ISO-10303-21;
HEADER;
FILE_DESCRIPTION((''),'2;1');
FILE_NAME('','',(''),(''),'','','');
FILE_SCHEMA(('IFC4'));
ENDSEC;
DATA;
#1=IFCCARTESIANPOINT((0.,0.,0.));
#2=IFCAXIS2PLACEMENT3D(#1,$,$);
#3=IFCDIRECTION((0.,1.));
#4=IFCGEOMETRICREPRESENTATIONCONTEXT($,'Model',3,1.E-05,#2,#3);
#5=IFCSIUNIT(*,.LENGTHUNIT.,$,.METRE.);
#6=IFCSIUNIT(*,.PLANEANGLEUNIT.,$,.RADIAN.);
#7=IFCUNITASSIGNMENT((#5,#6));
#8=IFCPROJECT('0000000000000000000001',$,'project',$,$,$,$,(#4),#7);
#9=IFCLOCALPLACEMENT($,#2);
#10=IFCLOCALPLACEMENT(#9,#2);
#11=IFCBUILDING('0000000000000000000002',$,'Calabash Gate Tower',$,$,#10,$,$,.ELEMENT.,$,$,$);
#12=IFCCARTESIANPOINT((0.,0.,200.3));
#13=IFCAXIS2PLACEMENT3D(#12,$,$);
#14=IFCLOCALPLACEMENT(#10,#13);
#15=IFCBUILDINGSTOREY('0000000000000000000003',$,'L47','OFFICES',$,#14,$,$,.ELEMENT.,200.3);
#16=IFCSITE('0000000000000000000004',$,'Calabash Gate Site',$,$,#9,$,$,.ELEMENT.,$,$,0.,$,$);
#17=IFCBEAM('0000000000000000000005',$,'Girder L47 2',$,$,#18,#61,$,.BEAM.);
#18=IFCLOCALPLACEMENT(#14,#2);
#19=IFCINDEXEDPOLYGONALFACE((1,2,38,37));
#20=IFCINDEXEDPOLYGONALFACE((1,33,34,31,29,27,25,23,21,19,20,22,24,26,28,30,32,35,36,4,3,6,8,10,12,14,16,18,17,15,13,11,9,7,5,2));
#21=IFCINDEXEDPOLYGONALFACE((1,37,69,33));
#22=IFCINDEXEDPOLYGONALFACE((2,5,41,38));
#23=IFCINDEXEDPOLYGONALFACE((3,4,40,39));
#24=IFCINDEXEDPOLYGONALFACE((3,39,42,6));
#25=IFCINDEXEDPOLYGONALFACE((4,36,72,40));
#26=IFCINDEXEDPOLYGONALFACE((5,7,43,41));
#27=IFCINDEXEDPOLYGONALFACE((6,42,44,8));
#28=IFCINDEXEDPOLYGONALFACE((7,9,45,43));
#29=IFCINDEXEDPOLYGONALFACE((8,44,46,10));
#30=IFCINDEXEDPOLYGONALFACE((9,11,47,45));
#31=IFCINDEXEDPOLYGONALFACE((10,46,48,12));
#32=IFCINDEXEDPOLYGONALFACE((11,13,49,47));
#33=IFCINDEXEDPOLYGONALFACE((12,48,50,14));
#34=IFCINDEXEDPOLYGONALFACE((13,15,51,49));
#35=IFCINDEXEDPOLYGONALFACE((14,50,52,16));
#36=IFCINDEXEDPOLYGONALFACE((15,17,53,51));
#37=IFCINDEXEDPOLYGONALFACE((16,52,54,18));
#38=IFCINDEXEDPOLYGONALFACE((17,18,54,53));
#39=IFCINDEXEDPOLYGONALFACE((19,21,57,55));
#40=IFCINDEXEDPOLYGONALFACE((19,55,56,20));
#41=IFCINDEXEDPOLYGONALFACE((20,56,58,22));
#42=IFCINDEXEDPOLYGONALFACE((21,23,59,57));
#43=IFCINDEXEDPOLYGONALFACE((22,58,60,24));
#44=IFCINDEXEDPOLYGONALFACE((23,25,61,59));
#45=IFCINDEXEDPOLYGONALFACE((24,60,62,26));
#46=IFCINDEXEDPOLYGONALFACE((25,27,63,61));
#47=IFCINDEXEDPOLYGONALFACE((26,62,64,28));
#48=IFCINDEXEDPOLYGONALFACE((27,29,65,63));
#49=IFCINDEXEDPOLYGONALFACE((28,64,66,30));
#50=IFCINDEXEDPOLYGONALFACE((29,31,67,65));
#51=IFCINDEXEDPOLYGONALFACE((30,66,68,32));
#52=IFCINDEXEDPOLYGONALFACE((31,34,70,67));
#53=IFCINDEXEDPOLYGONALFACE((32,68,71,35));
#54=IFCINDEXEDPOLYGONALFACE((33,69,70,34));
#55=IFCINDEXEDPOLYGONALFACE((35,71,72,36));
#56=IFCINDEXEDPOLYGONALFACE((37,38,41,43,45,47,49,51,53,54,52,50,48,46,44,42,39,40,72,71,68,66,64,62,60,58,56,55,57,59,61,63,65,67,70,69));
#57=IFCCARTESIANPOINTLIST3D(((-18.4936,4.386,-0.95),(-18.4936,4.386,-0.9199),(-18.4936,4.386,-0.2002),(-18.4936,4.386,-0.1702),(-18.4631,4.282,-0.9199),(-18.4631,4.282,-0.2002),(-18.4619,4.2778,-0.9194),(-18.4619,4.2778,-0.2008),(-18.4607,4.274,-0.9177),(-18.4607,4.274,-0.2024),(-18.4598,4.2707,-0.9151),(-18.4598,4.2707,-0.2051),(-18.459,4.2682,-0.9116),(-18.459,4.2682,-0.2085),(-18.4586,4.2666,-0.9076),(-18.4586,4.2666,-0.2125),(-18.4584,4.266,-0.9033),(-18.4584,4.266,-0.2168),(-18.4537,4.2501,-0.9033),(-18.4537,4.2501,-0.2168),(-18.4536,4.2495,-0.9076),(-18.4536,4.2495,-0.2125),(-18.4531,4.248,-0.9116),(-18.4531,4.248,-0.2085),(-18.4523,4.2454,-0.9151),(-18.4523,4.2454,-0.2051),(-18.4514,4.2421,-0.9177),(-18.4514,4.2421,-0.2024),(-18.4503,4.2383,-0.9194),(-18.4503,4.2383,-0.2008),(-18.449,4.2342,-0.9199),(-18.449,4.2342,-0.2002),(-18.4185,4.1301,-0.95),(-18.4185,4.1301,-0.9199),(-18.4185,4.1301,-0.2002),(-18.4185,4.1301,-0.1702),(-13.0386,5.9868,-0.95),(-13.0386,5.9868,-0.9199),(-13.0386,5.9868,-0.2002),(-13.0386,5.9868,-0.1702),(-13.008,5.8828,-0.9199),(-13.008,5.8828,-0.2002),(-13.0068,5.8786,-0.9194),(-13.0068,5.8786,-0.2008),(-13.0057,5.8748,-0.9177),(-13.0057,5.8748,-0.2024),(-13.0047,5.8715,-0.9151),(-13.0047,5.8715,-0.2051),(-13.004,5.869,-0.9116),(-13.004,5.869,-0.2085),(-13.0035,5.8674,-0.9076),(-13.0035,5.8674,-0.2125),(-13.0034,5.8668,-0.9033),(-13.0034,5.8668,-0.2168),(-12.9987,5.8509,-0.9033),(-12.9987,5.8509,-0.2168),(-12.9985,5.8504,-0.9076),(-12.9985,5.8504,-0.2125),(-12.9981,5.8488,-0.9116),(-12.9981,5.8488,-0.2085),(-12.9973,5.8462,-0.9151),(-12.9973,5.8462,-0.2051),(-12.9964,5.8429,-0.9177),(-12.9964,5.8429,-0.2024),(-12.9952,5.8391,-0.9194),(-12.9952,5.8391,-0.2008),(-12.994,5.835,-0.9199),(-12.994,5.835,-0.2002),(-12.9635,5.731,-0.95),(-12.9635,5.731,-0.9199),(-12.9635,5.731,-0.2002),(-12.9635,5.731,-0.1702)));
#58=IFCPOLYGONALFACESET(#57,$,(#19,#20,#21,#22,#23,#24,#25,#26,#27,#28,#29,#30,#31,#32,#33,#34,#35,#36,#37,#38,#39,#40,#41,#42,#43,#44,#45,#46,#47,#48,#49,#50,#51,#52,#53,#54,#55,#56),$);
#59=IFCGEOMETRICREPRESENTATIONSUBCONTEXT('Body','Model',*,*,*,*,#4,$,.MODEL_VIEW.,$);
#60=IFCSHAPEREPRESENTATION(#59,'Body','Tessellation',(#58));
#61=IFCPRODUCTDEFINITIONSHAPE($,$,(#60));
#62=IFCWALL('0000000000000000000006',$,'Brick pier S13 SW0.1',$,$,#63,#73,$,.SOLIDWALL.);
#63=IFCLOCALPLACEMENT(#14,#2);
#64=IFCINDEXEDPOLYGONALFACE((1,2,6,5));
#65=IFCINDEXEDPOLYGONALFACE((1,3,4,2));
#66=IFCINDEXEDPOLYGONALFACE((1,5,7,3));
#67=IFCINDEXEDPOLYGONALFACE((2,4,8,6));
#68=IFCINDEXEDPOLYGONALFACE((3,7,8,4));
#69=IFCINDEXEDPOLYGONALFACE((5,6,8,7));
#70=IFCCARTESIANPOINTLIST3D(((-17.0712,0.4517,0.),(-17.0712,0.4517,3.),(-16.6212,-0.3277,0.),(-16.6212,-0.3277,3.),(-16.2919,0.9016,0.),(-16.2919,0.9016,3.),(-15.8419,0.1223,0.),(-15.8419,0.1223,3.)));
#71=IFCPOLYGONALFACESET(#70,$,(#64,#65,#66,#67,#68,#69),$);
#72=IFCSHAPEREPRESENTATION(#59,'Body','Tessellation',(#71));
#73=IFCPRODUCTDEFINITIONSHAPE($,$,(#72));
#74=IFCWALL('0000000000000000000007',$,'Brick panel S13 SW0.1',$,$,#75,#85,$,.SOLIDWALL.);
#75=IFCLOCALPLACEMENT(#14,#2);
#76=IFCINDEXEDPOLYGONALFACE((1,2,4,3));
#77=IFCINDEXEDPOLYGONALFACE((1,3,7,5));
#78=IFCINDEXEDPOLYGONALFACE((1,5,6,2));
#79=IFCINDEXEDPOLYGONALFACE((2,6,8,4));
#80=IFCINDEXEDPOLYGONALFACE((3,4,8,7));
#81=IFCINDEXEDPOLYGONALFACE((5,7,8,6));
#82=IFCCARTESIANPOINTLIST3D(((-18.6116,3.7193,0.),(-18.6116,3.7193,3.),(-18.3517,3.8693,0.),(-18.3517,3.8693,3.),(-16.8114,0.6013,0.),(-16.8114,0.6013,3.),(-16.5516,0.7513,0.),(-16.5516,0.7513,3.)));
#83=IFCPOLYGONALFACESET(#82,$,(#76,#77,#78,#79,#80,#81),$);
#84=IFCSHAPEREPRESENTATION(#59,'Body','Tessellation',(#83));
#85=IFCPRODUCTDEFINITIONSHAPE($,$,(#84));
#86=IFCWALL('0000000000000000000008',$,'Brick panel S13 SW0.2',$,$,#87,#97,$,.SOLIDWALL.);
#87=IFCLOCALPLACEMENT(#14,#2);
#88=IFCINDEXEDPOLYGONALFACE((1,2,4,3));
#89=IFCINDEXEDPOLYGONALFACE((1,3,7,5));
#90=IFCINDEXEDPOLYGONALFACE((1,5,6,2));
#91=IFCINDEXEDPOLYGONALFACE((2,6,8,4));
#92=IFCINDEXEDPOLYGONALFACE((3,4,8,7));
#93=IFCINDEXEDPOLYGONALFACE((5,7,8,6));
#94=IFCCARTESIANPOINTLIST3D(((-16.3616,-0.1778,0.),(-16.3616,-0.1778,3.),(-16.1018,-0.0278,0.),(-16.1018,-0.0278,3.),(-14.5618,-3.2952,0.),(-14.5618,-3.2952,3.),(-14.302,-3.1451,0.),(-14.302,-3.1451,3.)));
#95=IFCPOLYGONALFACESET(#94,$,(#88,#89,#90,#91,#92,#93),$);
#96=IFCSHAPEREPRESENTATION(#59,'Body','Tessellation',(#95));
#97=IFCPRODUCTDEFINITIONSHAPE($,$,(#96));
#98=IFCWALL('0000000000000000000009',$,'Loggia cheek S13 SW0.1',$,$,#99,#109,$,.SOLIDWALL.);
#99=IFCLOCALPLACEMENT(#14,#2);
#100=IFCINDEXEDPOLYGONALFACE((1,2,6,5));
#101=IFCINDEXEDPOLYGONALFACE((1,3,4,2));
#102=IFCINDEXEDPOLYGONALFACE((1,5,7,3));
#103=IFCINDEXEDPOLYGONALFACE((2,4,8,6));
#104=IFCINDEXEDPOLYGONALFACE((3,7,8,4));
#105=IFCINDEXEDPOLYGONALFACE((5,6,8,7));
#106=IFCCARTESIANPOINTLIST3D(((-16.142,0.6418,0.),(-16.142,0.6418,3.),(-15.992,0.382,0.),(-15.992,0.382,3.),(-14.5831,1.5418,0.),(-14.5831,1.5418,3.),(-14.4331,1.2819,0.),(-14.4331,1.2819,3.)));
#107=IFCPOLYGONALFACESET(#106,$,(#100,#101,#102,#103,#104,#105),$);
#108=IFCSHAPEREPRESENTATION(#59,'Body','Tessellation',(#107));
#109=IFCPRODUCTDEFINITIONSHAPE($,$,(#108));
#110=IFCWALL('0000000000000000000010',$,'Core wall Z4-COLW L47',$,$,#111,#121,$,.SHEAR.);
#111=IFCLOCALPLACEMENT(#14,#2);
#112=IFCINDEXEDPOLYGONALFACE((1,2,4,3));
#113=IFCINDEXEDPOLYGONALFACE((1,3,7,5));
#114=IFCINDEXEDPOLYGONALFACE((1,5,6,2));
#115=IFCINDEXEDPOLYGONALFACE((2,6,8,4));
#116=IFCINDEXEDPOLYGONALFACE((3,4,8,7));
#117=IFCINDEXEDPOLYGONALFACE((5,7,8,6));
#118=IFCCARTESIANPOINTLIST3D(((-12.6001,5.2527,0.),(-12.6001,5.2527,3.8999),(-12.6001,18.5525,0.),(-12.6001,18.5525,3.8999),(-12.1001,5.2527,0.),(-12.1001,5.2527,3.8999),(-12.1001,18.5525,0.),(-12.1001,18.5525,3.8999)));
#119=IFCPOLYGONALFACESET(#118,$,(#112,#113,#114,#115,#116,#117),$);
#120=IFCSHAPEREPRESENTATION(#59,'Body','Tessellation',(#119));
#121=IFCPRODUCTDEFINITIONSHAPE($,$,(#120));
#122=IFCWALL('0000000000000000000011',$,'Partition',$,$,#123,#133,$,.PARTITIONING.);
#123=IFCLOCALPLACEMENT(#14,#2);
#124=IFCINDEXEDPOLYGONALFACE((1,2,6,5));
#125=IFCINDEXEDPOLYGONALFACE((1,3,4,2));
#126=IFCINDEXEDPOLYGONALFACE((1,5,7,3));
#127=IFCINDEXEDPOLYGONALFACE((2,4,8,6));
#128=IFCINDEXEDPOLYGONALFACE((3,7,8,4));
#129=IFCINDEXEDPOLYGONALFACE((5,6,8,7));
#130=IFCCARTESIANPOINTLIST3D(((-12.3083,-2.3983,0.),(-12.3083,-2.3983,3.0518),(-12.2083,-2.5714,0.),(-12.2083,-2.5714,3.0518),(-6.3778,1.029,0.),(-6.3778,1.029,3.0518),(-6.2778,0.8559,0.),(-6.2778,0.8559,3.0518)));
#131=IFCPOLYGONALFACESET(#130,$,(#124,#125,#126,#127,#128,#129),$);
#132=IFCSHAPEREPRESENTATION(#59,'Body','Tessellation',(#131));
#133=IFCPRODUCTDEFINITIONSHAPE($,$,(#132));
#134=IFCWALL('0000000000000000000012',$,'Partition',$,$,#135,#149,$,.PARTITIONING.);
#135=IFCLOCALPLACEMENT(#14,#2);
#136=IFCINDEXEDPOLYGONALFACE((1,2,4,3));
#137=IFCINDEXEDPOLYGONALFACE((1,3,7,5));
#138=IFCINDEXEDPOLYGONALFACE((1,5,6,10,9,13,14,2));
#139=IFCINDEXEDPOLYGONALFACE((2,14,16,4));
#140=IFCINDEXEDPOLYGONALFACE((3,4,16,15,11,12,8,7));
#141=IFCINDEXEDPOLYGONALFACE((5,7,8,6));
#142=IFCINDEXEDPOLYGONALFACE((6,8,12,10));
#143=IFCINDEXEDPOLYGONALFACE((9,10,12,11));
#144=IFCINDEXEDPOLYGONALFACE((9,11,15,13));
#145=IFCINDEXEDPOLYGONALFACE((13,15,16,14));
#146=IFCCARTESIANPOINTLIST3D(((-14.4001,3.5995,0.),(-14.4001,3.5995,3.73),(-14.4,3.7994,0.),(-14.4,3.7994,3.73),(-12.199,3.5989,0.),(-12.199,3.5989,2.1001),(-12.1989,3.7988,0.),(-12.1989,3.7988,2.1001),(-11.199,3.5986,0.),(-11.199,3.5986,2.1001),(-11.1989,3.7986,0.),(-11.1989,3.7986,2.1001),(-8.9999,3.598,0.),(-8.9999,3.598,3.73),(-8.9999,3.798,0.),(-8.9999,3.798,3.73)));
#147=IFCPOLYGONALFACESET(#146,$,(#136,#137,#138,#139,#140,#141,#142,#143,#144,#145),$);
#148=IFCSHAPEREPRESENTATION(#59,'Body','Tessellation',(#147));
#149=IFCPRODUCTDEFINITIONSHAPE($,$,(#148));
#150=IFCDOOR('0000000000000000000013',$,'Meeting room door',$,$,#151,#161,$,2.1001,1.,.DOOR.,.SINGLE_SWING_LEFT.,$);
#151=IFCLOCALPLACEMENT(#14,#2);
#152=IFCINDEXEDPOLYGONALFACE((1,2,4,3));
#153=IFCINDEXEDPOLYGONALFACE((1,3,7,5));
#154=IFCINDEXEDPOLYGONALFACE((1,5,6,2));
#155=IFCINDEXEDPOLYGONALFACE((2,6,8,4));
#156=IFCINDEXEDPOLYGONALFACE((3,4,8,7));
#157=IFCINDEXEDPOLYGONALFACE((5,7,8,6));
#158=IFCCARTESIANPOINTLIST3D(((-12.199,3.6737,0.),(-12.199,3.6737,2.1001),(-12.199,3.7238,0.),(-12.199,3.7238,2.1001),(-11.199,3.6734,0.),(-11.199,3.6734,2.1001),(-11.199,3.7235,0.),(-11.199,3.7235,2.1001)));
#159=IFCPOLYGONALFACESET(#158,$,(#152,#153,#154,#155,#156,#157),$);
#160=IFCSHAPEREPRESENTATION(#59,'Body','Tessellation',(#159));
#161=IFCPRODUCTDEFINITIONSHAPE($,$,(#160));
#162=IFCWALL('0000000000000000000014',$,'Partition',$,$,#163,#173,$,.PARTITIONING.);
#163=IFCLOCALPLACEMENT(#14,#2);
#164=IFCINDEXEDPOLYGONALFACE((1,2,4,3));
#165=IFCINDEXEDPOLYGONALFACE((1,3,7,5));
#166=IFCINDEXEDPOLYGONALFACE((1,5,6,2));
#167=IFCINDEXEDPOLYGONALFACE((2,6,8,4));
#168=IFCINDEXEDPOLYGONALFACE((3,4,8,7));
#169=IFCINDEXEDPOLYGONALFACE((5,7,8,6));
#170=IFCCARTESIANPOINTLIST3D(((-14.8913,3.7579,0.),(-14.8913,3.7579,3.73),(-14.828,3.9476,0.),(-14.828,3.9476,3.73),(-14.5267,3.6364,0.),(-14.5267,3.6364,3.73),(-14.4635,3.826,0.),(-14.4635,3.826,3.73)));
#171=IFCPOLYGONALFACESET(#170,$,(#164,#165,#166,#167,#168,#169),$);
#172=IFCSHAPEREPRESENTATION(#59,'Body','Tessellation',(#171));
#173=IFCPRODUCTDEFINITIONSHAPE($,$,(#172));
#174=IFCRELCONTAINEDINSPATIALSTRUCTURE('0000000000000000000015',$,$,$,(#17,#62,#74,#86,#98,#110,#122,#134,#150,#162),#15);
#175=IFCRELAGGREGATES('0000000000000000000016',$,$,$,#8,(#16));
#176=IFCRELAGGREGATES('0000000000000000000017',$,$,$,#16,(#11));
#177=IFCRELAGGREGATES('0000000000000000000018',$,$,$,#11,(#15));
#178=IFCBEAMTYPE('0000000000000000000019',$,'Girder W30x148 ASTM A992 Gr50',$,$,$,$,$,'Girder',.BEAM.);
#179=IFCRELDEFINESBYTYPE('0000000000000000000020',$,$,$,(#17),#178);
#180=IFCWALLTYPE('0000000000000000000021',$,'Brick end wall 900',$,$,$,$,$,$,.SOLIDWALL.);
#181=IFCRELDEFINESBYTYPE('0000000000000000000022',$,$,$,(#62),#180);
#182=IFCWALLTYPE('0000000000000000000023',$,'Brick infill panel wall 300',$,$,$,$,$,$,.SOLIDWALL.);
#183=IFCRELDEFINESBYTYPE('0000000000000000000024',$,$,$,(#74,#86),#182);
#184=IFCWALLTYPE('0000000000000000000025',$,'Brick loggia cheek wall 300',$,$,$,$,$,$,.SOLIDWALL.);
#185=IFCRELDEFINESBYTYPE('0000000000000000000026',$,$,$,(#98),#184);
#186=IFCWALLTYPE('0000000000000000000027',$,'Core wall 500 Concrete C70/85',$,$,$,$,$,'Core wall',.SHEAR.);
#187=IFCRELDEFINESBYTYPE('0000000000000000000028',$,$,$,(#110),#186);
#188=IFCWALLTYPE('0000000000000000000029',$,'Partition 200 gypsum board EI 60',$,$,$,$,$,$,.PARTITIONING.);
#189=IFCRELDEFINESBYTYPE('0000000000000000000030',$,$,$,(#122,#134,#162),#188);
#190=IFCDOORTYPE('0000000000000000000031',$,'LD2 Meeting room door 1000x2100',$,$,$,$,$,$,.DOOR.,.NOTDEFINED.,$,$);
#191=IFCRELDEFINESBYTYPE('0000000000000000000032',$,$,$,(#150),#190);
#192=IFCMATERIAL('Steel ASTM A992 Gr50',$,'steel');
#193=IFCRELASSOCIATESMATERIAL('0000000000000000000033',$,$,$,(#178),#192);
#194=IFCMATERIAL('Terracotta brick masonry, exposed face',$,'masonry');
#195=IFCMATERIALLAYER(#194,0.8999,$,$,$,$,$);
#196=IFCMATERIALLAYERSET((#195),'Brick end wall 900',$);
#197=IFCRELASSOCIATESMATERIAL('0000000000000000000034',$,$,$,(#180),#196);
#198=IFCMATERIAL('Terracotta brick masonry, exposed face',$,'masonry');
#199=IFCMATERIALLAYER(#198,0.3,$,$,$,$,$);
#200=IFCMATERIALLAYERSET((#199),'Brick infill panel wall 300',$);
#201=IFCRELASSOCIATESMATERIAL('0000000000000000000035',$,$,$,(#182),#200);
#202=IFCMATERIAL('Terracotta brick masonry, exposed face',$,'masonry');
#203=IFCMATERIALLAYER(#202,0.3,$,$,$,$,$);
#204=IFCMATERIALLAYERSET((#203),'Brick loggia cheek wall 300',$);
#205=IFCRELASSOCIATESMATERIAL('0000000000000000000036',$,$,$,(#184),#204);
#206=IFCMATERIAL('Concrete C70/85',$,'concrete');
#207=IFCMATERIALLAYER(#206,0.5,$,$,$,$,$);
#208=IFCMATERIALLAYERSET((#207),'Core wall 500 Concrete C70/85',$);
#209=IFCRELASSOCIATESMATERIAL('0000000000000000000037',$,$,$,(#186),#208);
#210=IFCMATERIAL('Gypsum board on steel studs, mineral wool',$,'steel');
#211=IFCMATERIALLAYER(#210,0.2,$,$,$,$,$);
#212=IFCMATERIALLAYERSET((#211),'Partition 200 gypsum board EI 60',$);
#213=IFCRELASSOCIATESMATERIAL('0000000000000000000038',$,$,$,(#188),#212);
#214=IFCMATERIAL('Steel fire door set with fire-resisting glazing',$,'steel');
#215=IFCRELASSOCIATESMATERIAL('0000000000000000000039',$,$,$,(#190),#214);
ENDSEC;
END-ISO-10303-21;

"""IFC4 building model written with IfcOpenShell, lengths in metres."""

from ifc_helpers import new_model, si_unit, direction, frame, frame_2d, origin, origin_2d, place, context, subcontext, project, spatial, rectangle, i_section, extrude, material, layer, layer_set, material_profile, profile_set, type_object, element, fill, save


model = new_model("IFC4")

# Units and contexts
model_context = context("Model", 3, precision=1e-05, world=origin(), true_north=direction((0.0, 1.0)))
body_context = subcontext(model_context, "Body", "Model", "MODEL_VIEW")
ifc_project = project(units=[si_unit("LENGTHUNIT", "METRE"), si_unit("PLANEANGLEUNIT", "RADIAN")], contexts=[model_context])

# Site, building, storey
site_placement = place(None, origin())
site = spatial("IfcSite", under=ifc_project, at=site_placement, Name="Calabash Gate Site", CompositionType="ELEMENT", RefElevation=0.0)
building_placement = place(site_placement, origin())
building = spatial("IfcBuilding", under=site, at=building_placement, Name="Calabash Gate Tower", CompositionType="ELEMENT")
storey_placement = place(building_placement, frame((0.0, 0.0, 200.3)))
storey = spatial("IfcBuildingStorey", under=building, at=storey_placement, Name="L47", Description="OFFICES", CompositionType="ELEMENT", Elevation=200.3)

# Beam
ifc_material_1 = material(Name="Steel ASTM A992 Gr50", Category="steel")
ifc_material_profile_1 = material_profile(ifc_material_1, i_section(OverallWidth=0.2666, OverallDepth=0.7798, WebThickness=0.0166, FlangeThickness=0.03, FilletRadius=0.0166, at=origin_2d()))
ifc_profile_set_1 = profile_set([ifc_material_profile_1], Name="Steel ASTM A992 Gr50")
beam_type_1 = type_object("IfcBeamType", Name="Girder W30x148 ASTM A992 Gr50", ElementType="Girder", PredefinedType="BEAM", material=ifc_profile_set_1)
beam_1_placement = place(storey_placement, frame((-18.4561, 4.2581, -0.5601), z_axis=(0.959537, 0.281583, 0.0), x_axis=(-0.281583, 0.959537, 0.0)))
element("IfcBeam", 1, at=beam_1_placement, inside=storey, type_object=beam_type_1, Name="Girder L47 2", PredefinedType="BEAM", context=body_context, shape_type="SweptSolid", body=[
    extrude(i_section(OverallWidth=0.2666, OverallDepth=0.7798, WebThickness=0.0166, FlangeThickness=0.03, FilletRadius=0.0166, at=origin_2d()), origin(), (0.0, 0.0, 1.0), 5.6851),
])

# Walls
ifc_material_2 = material(Name="Terracotta brick masonry, exposed face", Category="masonry")
ifc_layer_1 = layer(ifc_material_2, 0.8999)
ifc_layer_set_1 = layer_set([ifc_layer_1], Name="Brick end wall 900")
wall_type_1 = type_object("IfcWallType", Name="Brick end wall 900", PredefinedType="SOLIDWALL", material=ifc_layer_set_1)
wall_1_placement = place(storey_placement, frame((-16.0669, 0.512, 0.0), z_axis=(0.0, 0.0, 1.0), x_axis=(-0.866014, -0.50002, 0.0)))
element("IfcWall", 2, at=wall_1_placement, inside=storey, type_object=wall_type_1, Name="Brick pier S13 SW0.1", PredefinedType="SOLIDWALL", context=body_context, shape_type="SweptSolid", body=[
    extrude(rectangle(XDim=0.8999, YDim=0.8999, at=frame_2d((0.45, 0.0))), origin(), (0.0, 0.0, 1.0), 3.0),
])
ifc_material_3 = material(Name="Terracotta brick masonry, exposed face", Category="masonry")
ifc_layer_2 = layer(ifc_material_3, 0.3)
ifc_layer_set_2 = layer_set([ifc_layer_2], Name="Brick infill panel wall 300")
wall_type_2 = type_object("IfcWallType", Name="Brick infill panel wall 300", PredefinedType="SOLIDWALL", material=ifc_layer_set_2)
wall_2_placement = place(storey_placement, frame((-18.4817, 3.7944, 0.0), z_axis=(0.0, 0.0, 1.0), x_axis=(0.499983, -0.866035, 0.0)))
element("IfcWall", 3, at=wall_2_placement, inside=storey, type_object=wall_type_2, Name="Brick panel S13 SW0.1", PredefinedType="SOLIDWALL", context=body_context, shape_type="SweptSolid", body=[
    extrude(rectangle(XDim=3.6003, YDim=0.3, at=frame_2d((1.8003, 0.0))), origin(), (0.0, 0.0, 1.0), 3.0),
])
wall_3_placement = place(storey_placement, frame((-16.2317, -0.1028, 0.0), z_axis=(0.0, 0.0, 1.0), x_axis=(0.499991, -0.866031, 0.0)))
element("IfcWall", 4, at=wall_3_placement, inside=storey, type_object=wall_type_2, Name="Brick panel S13 SW0.2", PredefinedType="SOLIDWALL", context=body_context, shape_type="SweptSolid", body=[
    extrude(rectangle(XDim=3.5996, YDim=0.3, at=frame_2d((1.7998, 0.0))), origin(), (0.0, 0.0, 1.0), 3.0),
])
ifc_material_4 = material(Name="Terracotta brick masonry, exposed face", Category="masonry")
ifc_layer_3 = layer(ifc_material_4, 0.3)
ifc_layer_set_3 = layer_set([ifc_layer_3], Name="Brick loggia cheek wall 300")
wall_type_3 = type_object("IfcWallType", Name="Brick loggia cheek wall 300", PredefinedType="SOLIDWALL", material=ifc_layer_set_3)
wall_4_placement = place(storey_placement, frame((-16.0669, 0.512, 0.0), z_axis=(0.0, 0.0, 1.0), x_axis=(0.866048, 0.499961, 0.0)))
element("IfcWall", 5, at=wall_4_placement, inside=storey, type_object=wall_type_3, Name="Loggia cheek S13 SW0.1", PredefinedType="SOLIDWALL", context=body_context, shape_type="SweptSolid", body=[
    extrude(rectangle(XDim=1.8, YDim=0.3, at=frame_2d((0.8999, 0.0))), origin(), (0.0, 0.0, 1.0), 3.0),
])
ifc_material_5 = material(Name="Concrete C70/85", Category="concrete")
ifc_layer_4 = layer(ifc_material_5, 0.5)
ifc_layer_set_4 = layer_set([ifc_layer_4], Name="Core wall 500 Concrete C70/85")
wall_type_4 = type_object("IfcWallType", Name="Core wall 500 Concrete C70/85", ElementType="Core wall", PredefinedType="SHEAR", material=ifc_layer_set_4)
wall_5_placement = place(storey_placement, frame((-12.3501, 5.2527, 0.0), z_axis=(0.0, 0.0, 1.0), x_axis=(0.0, 1.0, 0.0)))
element("IfcWall", 6, at=wall_5_placement, inside=storey, type_object=wall_type_4, Name="Core wall Z4-COLW L47", PredefinedType="SHEAR", context=body_context, shape_type="SweptSolid", body=[
    extrude(rectangle(XDim=13.2998, YDim=0.5, at=frame_2d((6.6499, 0.0))), origin(), (0.0, 0.0, 1.0), 3.8999),
])
ifc_material_6 = material(Name="Gypsum board on steel studs, mineral wool", Category="steel")
ifc_layer_5 = layer(ifc_material_6, 0.2)
ifc_layer_set_5 = layer_set([ifc_layer_5], Name="Partition 200 gypsum board EI 60")
wall_type_5 = type_object("IfcWallType", Name="Partition 200 gypsum board EI 60", PredefinedType="PARTITIONING", material=ifc_layer_set_5)
wall_6_placement = place(storey_placement, frame((-12.2583, -2.4849, 0.0), z_axis=(0.0, 0.0, 1.0), x_axis=(0.865816, 0.500363, 0.0)))
element("IfcWall", 7, at=wall_6_placement, inside=storey, type_object=wall_type_5, Name="Partition", PredefinedType="PARTITIONING", context=body_context, shape_type="SweptSolid", body=[
    extrude(rectangle(XDim=6.8496, YDim=0.2, at=frame_2d((3.4248, 0.0))), origin(), (0.0, 0.0, 1.0), 3.0518),
])

# Wall, opening, door
wall_7_placement = place(storey_placement, frame((-14.4001, 3.6995, 0.0), z_axis=(0.0, 0.0, 1.0), x_axis=(1.0, -0.000271, 0.0)))
wall_7 = element("IfcWall", 8, at=wall_7_placement, inside=storey, type_object=wall_type_5, Name="Partition", PredefinedType="PARTITIONING", context=body_context, shape_type="SweptSolid", body=[
    extrude(rectangle(XDim=5.4001, YDim=0.2, at=frame_2d((2.7002, 0.0))), origin(), (0.0, 0.0, 1.0), 3.73),
])
opening_placement = place(wall_7_placement, frame((2.2012, 0.0, 0.0)))
opening = element("IfcOpeningElement", 9, at=opening_placement, cuts=wall_7, PredefinedType="OPENING", context=body_context, shape_type="SweptSolid", body=[
    extrude(rectangle(XDim=1.0, YDim=2.1001, at=frame_2d((0.5, 1.05))), frame((0.0, 0.1099, 0.0), z_axis=(0.0, -1.0, 0.0), x_axis=(1.0, 0.0, 0.0)), (0.0, 0.0, 1.0), 0.22),
])
ifc_material_7 = material(Name="Steel fire door set with fire-resisting glazing", Category="steel")
door_type = type_object("IfcDoorType", Name="LD2 Meeting room door 1000x2100", OperationType="NOTDEFINED", PredefinedType="DOOR", material=ifc_material_7)
door_placement = place(opening_placement, origin())
door = element("IfcDoor", 10, at=door_placement, inside=storey, type_object=door_type, Name="Meeting room door", OperationType="SINGLE_SWING_LEFT", OverallHeight=2.1001, OverallWidth=1.0, PredefinedType="DOOR", context=body_context, shape_type="SweptSolid", body=[
    extrude(rectangle(XDim=1.0, YDim=2.1001, at=frame_2d((0.5, 1.05))), frame((0.0, 0.0249, 0.0), z_axis=(0.0, -1.0, 0.0), x_axis=(1.0, 0.0, 0.0)), (0.0, 0.0, 1.0), 0.05),
])
fill(opening, door)

# Wall
wall_8_placement = place(storey_placement, frame((-14.8596, 3.8528, 0.0), z_axis=(0.0, 0.0, 1.0), x_axis=(0.94862, -0.316418, 0.0)))
element("IfcWall", 11, at=wall_8_placement, inside=storey, type_object=wall_type_5, Name="Partition", PredefinedType="PARTITIONING", context=body_context, shape_type="SweptSolid", body=[
    extrude(rectangle(XDim=0.3843, YDim=0.2, at=frame_2d((0.1921, 0.0))), origin(), (0.0, 0.0, 1.0), 3.73),
])

save(model, "model.ifc")
